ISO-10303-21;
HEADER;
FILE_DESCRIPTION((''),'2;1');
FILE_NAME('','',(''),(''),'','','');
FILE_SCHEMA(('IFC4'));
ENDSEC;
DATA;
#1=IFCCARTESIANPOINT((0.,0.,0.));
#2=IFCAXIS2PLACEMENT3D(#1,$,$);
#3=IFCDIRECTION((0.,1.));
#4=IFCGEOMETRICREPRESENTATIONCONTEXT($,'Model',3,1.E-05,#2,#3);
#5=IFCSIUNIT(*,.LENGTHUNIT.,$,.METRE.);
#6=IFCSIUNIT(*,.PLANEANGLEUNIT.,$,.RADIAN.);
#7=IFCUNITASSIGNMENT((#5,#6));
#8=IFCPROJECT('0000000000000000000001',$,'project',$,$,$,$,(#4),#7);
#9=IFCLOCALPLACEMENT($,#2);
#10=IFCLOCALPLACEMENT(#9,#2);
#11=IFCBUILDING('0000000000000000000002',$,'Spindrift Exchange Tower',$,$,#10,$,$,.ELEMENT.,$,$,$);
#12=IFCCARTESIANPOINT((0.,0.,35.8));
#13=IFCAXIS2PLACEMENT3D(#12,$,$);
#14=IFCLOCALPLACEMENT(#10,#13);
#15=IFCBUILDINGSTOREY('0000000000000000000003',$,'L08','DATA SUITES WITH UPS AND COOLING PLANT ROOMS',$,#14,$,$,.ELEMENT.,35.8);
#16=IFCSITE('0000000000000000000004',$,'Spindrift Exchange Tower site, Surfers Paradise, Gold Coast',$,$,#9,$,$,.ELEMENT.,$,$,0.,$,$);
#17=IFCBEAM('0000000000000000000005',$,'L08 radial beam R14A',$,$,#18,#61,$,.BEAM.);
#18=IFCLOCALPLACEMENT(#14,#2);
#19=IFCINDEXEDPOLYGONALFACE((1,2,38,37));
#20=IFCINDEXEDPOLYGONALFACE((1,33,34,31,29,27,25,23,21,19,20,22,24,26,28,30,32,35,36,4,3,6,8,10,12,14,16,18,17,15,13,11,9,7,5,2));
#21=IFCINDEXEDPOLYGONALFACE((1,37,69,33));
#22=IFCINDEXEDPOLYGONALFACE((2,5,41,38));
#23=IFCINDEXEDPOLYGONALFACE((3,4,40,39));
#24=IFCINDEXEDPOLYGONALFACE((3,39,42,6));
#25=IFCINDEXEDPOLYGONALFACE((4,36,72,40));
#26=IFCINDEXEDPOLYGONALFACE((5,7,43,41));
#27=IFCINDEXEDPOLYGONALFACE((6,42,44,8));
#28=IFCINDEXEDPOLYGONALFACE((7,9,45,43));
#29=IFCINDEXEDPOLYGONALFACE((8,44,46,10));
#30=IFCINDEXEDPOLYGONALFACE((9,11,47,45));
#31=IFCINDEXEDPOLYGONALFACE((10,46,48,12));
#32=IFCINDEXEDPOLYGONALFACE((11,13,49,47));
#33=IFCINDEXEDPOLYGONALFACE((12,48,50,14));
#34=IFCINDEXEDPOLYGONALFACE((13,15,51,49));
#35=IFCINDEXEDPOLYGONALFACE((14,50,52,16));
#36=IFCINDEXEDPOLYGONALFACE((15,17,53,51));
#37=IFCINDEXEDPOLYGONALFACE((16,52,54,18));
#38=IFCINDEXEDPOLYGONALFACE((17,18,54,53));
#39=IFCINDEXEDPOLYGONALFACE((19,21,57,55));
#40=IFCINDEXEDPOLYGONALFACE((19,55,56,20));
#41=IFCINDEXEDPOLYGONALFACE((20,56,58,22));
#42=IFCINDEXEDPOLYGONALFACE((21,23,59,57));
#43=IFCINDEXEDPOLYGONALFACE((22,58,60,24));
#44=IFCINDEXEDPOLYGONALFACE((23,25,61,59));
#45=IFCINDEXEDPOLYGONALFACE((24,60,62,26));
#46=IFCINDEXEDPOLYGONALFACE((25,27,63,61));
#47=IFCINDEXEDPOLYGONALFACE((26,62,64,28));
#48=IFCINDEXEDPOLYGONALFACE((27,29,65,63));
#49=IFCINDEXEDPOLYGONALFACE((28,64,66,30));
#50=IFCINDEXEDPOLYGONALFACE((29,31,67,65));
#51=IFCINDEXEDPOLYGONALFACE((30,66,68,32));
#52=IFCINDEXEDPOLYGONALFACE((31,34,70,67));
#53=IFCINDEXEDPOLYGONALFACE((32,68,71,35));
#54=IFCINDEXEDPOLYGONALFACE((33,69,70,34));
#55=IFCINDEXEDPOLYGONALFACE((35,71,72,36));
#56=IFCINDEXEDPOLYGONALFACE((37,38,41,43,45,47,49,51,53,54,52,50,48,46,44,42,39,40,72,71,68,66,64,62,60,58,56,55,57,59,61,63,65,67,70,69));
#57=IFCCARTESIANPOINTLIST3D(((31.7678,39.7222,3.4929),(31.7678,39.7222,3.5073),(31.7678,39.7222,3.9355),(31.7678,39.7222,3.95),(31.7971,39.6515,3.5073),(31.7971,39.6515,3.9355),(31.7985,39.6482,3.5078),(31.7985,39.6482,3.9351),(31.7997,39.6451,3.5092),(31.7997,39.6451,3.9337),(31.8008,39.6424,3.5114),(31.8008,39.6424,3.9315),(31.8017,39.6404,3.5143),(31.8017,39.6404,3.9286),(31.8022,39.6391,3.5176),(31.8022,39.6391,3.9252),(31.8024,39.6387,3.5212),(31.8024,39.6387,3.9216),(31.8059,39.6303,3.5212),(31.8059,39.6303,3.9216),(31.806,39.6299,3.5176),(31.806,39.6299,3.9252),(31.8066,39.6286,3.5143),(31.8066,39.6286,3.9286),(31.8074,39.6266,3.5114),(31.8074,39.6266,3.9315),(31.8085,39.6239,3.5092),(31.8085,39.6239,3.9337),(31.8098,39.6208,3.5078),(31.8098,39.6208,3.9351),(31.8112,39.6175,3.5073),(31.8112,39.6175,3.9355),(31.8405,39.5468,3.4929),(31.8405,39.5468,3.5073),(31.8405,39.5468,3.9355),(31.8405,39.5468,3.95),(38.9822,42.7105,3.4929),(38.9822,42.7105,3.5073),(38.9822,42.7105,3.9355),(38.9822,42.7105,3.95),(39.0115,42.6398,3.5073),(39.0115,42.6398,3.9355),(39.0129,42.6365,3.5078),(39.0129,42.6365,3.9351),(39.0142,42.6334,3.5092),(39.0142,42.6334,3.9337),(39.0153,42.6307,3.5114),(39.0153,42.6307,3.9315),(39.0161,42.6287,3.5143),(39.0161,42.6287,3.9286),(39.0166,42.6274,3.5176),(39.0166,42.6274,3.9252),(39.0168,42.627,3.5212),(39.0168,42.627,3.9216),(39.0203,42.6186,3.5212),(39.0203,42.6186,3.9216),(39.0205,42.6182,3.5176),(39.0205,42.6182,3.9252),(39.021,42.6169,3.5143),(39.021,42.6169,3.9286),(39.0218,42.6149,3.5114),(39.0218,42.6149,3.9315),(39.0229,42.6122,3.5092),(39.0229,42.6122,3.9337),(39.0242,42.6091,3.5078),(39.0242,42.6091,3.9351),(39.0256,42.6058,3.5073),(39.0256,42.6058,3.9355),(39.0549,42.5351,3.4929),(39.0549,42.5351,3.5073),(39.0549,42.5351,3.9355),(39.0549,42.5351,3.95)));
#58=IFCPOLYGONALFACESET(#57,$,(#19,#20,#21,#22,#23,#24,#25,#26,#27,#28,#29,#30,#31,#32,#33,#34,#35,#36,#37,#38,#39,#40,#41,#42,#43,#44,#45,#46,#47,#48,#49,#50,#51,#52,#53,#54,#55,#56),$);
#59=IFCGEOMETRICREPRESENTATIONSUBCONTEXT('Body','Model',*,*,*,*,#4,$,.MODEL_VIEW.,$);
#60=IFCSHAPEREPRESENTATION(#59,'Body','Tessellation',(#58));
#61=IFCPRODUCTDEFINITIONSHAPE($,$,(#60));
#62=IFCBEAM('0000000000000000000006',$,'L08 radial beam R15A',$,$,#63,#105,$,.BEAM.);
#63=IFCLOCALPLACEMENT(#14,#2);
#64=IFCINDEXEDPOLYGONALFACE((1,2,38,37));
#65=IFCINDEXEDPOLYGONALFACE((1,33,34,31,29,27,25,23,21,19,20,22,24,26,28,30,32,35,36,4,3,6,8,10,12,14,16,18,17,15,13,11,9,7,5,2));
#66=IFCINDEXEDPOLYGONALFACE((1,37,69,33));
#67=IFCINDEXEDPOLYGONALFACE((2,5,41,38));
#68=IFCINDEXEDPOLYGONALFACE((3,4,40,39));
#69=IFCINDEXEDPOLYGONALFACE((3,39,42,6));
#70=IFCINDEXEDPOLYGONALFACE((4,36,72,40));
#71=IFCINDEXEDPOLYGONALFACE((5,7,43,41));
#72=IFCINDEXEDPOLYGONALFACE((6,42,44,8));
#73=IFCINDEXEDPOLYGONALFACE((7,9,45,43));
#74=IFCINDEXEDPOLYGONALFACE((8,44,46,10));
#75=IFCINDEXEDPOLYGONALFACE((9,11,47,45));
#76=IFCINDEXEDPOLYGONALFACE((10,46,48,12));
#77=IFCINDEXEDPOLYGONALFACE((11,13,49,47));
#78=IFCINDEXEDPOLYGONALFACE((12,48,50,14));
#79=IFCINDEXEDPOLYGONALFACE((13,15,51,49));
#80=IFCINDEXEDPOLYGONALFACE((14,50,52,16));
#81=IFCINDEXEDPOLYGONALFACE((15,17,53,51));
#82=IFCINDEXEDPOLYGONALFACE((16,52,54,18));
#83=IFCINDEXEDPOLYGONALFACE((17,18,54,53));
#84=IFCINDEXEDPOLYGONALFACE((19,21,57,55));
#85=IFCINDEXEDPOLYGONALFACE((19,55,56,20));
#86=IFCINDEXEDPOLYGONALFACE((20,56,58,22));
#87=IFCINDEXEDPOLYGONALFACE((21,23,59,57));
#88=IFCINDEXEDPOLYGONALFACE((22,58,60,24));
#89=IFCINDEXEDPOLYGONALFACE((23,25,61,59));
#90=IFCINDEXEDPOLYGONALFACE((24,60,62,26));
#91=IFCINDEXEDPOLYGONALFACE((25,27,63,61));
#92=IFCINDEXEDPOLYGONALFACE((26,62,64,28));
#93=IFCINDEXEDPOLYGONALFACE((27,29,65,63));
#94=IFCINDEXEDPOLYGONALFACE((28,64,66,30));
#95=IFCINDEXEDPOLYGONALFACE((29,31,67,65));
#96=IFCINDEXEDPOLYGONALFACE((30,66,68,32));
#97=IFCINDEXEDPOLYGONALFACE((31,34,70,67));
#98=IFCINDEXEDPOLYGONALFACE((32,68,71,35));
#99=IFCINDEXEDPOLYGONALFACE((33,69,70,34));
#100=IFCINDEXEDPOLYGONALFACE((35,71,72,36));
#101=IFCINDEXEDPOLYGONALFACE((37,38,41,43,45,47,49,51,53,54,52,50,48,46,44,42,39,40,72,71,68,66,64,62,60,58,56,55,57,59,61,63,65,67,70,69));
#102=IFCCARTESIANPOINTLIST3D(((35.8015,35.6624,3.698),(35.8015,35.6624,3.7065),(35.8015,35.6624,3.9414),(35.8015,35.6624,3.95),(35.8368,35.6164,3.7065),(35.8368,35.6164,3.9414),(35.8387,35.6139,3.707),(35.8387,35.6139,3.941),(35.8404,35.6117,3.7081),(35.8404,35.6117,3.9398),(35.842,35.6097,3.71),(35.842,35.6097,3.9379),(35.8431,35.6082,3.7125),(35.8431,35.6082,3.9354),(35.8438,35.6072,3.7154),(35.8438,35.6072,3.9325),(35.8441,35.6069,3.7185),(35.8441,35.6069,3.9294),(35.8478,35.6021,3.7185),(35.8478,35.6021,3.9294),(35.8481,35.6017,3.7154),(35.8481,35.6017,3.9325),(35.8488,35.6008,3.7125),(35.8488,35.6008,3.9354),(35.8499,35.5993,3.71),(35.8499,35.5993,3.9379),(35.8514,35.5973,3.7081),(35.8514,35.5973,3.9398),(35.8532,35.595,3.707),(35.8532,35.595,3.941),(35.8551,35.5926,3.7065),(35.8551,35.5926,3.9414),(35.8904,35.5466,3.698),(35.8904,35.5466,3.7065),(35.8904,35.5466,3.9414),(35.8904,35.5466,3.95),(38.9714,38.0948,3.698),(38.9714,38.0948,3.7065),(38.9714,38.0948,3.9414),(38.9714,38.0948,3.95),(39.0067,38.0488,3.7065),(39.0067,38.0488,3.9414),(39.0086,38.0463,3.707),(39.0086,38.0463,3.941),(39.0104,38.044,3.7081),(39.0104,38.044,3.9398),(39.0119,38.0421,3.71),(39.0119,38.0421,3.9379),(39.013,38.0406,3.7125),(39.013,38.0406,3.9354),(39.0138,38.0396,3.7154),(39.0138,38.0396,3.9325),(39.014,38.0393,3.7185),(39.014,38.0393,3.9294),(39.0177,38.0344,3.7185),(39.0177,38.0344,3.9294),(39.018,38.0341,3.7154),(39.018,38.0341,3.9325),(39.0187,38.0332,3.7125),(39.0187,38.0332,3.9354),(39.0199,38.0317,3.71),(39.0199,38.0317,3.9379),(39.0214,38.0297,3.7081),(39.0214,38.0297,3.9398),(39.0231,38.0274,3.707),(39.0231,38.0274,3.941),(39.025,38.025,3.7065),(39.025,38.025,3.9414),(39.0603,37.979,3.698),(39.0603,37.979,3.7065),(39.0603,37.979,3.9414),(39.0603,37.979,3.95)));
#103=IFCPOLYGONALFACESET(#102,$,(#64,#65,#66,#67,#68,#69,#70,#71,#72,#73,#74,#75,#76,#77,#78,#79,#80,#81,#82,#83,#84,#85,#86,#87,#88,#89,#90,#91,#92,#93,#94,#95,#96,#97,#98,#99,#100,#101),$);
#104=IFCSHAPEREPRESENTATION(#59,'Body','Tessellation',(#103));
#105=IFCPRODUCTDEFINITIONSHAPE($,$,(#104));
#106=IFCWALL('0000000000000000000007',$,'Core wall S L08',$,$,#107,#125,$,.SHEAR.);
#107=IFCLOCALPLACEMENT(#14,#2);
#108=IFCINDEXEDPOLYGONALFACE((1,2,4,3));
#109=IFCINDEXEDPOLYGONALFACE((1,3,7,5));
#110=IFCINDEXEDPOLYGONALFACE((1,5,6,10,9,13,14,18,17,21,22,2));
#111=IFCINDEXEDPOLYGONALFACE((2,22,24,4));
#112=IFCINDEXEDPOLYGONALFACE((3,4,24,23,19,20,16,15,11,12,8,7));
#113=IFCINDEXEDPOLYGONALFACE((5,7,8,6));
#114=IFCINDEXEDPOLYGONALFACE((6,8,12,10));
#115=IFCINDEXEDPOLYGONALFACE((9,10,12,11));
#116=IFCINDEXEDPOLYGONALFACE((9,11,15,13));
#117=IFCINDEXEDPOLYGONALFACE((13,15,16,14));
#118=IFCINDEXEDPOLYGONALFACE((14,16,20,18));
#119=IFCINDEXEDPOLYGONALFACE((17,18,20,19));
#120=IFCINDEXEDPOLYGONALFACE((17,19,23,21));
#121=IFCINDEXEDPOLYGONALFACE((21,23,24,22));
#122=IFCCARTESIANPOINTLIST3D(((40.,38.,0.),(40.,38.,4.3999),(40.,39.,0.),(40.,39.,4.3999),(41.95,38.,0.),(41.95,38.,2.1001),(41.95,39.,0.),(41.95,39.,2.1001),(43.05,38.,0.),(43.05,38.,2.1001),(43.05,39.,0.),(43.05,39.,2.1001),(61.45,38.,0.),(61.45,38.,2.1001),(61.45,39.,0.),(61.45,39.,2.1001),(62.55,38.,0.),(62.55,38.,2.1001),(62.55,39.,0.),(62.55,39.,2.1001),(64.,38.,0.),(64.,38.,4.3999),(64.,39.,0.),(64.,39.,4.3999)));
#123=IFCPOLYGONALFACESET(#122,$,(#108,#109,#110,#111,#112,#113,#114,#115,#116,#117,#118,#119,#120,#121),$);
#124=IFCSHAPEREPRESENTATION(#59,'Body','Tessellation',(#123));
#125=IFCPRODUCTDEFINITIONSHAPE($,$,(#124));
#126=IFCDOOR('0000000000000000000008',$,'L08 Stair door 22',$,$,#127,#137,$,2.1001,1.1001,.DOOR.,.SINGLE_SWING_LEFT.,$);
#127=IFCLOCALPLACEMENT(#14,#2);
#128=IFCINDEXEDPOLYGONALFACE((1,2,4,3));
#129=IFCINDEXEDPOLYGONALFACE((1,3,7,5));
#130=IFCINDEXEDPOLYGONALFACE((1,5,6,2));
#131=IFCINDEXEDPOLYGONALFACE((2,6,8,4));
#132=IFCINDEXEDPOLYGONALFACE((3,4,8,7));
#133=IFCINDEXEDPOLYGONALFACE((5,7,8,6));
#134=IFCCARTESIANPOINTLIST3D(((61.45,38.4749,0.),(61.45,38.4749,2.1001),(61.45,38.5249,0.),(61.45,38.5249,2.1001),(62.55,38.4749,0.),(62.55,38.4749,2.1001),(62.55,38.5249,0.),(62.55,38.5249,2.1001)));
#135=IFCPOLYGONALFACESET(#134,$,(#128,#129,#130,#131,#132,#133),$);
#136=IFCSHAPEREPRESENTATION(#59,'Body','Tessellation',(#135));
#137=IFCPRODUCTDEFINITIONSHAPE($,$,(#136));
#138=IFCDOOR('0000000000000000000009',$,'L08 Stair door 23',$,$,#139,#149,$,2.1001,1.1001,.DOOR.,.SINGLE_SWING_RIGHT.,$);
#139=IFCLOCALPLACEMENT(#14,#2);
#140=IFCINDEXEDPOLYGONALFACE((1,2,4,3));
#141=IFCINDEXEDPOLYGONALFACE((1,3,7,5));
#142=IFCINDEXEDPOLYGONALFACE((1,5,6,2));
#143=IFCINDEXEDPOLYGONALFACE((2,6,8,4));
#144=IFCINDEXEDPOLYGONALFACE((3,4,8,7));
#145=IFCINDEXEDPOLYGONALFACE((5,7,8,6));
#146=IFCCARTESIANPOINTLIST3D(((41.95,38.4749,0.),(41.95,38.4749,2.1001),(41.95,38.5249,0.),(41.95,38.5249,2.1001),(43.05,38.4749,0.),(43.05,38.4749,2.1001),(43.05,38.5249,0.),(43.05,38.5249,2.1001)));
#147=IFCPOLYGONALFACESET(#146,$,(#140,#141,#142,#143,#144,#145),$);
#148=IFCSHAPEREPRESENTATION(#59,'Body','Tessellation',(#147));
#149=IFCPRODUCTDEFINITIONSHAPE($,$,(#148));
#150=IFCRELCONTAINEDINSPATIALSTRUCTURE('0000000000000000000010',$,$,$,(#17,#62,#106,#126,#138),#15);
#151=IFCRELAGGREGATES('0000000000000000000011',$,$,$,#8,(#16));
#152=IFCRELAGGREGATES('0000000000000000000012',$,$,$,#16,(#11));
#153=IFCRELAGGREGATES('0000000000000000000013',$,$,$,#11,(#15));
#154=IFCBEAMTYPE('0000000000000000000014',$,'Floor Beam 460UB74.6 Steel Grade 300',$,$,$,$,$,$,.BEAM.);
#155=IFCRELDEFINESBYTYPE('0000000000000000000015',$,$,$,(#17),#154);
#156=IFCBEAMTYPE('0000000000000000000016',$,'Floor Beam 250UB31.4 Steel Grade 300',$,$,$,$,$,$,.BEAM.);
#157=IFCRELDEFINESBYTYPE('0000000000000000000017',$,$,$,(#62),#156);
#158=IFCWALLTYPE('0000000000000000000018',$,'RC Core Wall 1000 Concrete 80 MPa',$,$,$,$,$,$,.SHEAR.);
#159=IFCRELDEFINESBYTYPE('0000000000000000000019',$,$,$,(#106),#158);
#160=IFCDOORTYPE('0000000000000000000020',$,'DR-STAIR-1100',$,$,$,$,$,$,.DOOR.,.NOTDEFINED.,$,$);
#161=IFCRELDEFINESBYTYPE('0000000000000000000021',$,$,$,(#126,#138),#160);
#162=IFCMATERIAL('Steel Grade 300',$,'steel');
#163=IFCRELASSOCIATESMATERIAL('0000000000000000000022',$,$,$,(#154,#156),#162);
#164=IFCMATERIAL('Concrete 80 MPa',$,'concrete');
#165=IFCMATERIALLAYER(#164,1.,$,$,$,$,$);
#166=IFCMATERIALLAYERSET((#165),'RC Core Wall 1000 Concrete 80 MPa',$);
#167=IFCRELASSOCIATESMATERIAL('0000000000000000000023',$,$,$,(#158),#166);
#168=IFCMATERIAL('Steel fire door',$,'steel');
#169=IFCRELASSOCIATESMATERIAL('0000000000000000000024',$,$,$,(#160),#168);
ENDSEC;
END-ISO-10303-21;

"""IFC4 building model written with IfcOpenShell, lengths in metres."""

from ifc_helpers import new_model, si_unit, direction, frame, frame_2d, origin, origin_2d, place, context, subcontext, project, spatial, rectangle, i_section, extrude, source, transform, mapped, material, layer, layer_set, material_profile, profile_set, type_object, element, fill, save


model = new_model("IFC4")

# Units and contexts
model_context = context("Model", 3, precision=1e-05, world=origin(), true_north=direction((0.0, 1.0)))
body_context = subcontext(model_context, "Body", "Model", "MODEL_VIEW")
ifc_project = project(units=[si_unit("LENGTHUNIT", "METRE"), si_unit("PLANEANGLEUNIT", "RADIAN")], contexts=[model_context])

# Site, building, storey
site_placement = place(None, origin())
site = spatial("IfcSite", under=ifc_project, at=site_placement, Name="Spindrift Exchange Tower site, Surfers Paradise, Gold Coast", CompositionType="ELEMENT", RefElevation=0.0)
building_placement = place(site_placement, origin())
building = spatial("IfcBuilding", under=site, at=building_placement, Name="Spindrift Exchange Tower", CompositionType="ELEMENT")
storey_placement = place(building_placement, frame((0.0, 0.0, 35.8)))
storey = spatial("IfcBuildingStorey", under=building, at=storey_placement, Name="L08", Description="DATA SUITES WITH UPS AND COOLING PLANT ROOMS", CompositionType="ELEMENT", Elevation=35.8)

# Beams
ifc_material_1 = material(Name="Steel Grade 300", Category="steel")
ifc_material_profile_1 = material_profile(ifc_material_1, i_section(OverallWidth=0.1899, OverallDepth=0.457, WebThickness=0.009, FlangeThickness=0.0144, FilletRadius=0.0139, at=origin_2d()), Name="460UB74.6")
ifc_profile_set_1 = profile_set([ifc_material_profile_1], Name="Steel Grade 300")
beam_type_1 = type_object("IfcBeamType", Name="Floor Beam 460UB74.6 Steel Grade 300", PredefinedType="BEAM", material=ifc_profile_set_1)
shared_shape_1 = source(origin(), body_context, "Body", "SweptSolid", [
    extrude(i_section(OverallWidth=0.1899, OverallDepth=0.457, WebThickness=0.009, FlangeThickness=0.0144, FilletRadius=0.0139, at=origin_2d()), origin(), (0.0, 0.0, 1.0), 7.8088),
])
beam_1_placement = place(storey_placement, frame((39.0186, 42.6228, 3.7214), z_axis=(-0.92388, -0.382683, 0.0), x_axis=(0.382683, -0.92388, 0.0)))
element("IfcBeam", 1, at=beam_1_placement, inside=storey, type_object=beam_type_1, Name="L08 radial beam R14A", PredefinedType="BEAM", context=body_context, shape_type="MappedRepresentation", body=[
    mapped(shared_shape_1, transform((0.0, 0.0, 0.0), scale=1.0)),
])
ifc_material_profile_2 = material_profile(ifc_material_1, i_section(OverallWidth=0.146, OverallDepth=0.252, WebThickness=0.0061, FlangeThickness=0.0085, FilletRadius=0.012, at=origin_2d()), Name="250UB31.4")
ifc_profile_set_2 = profile_set([ifc_material_profile_2], Name="Steel Grade 300")
beam_type_2 = type_object("IfcBeamType", Name="Floor Beam 250UB31.4 Steel Grade 300", PredefinedType="BEAM", material=ifc_profile_set_2)
shared_shape_2 = source(origin(), body_context, "Body", "SweptSolid", [
    extrude(i_section(OverallWidth=0.146, OverallDepth=0.252, WebThickness=0.0061, FlangeThickness=0.0085, FilletRadius=0.012, at=origin_2d()), origin(), (0.0, 0.0, 1.0), 3.9956),
])
beam_2_placement = place(storey_placement, frame((39.0159, 38.0369, 3.824), z_axis=(-0.793353, -0.608762, 0.0), x_axis=(0.608762, -0.793353, 0.0)))
element("IfcBeam", 2, at=beam_2_placement, inside=storey, type_object=beam_type_2, Name="L08 radial beam R15A", PredefinedType="BEAM", context=body_context, shape_type="MappedRepresentation", body=[
    mapped(shared_shape_2, transform((0.0, 0.0, 0.0), scale=1.0)),
])

# Wall, openings, doors
ifc_material_2 = material(Name="Concrete 80 MPa", Category="concrete")
ifc_layer_1 = layer(ifc_material_2, 1.0)
ifc_layer_set_1 = layer_set([ifc_layer_1], Name="RC Core Wall 1000 Concrete 80 MPa")
wall_type_1 = type_object("IfcWallType", Name="RC Core Wall 1000 Concrete 80 MPa", PredefinedType="SHEAR", material=ifc_layer_set_1)
wall_1_placement = place(storey_placement, frame((40.0, 38.5, 0.0), z_axis=(0.0, 0.0, 1.0), x_axis=(1.0, 0.0, 0.0)))
wall_1 = element("IfcWall", 3, at=wall_1_placement, inside=storey, type_object=wall_type_1, Name="Core wall S L08", PredefinedType="SHEAR", context=body_context, shape_type="SweptSolid", body=[
    extrude(rectangle(XDim=24.0, YDim=1.0, at=frame_2d((12.0, 0.0))), origin(), (0.0, 0.0, 1.0), 4.3999),
])
opening_1_placement = place(wall_1_placement, frame((21.45, 0.0, 0.0)))
opening_1 = element("IfcOpeningElement", 4, at=opening_1_placement, cuts=wall_1, PredefinedType="OPENING", context=body_context, shape_type="SweptSolid", body=[
    extrude(rectangle(XDim=1.1001, YDim=2.1001, at=frame_2d((0.55, 1.05))), frame((0.0, 0.51, 0.0), z_axis=(0.0, -1.0, 0.0), x_axis=(1.0, 0.0, 0.0)), (0.0, 0.0, 1.0), 1.02),
])
opening_2_placement = place(wall_1_placement, frame((1.95, 0.0, 0.0)))
opening_2 = element("IfcOpeningElement", 5, at=opening_2_placement, cuts=wall_1, PredefinedType="OPENING", context=body_context, shape_type="SweptSolid", body=[
    extrude(rectangle(XDim=1.1001, YDim=2.1001, at=frame_2d((0.55, 1.05))), frame((0.0, 0.51, 0.0), z_axis=(0.0, -1.0, 0.0), x_axis=(1.0, 0.0, 0.0)), (0.0, 0.0, 1.0), 1.02),
])
ifc_material_3 = material(Name="Steel fire door", Category="steel")
door_type_1 = type_object("IfcDoorType", Name="DR-STAIR-1100", OperationType="NOTDEFINED", PredefinedType="DOOR", material=ifc_material_3)
shared_shape_3 = source(origin(), body_context, "Body", "SweptSolid", [
    extrude(rectangle(XDim=1.1001, YDim=2.1001, at=frame_2d((0.55, 1.05))), frame((0.0, 0.0249, 0.0), z_axis=(0.0, -1.0, 0.0), x_axis=(1.0, 0.0, 0.0)), (0.0, 0.0, 1.0), 0.05),
])
door_1_placement = place(opening_1_placement, origin())
door_1 = element("IfcDoor", 6, at=door_1_placement, inside=storey, type_object=door_type_1, Name="L08 Stair door 22", OperationType="SINGLE_SWING_LEFT", OverallHeight=2.1001, OverallWidth=1.1001, PredefinedType="DOOR", context=body_context, shape_type="MappedRepresentation", body=[
    mapped(shared_shape_3, transform((0.0, 0.0, 0.0), scale=1.0)),
])
fill(opening_1, door_1)
door_2_placement = place(opening_2_placement, origin())
door_2 = element("IfcDoor", 7, at=door_2_placement, inside=storey, type_object=door_type_1, Name="L08 Stair door 23", OperationType="SINGLE_SWING_RIGHT", OverallHeight=2.1001, OverallWidth=1.1001, PredefinedType="DOOR", context=body_context, shape_type="MappedRepresentation", body=[
    mapped(shared_shape_3, transform((0.0, 0.0, 0.0), scale=1.0)),
])
fill(opening_2, door_2)

save(model, "model.ifc")
